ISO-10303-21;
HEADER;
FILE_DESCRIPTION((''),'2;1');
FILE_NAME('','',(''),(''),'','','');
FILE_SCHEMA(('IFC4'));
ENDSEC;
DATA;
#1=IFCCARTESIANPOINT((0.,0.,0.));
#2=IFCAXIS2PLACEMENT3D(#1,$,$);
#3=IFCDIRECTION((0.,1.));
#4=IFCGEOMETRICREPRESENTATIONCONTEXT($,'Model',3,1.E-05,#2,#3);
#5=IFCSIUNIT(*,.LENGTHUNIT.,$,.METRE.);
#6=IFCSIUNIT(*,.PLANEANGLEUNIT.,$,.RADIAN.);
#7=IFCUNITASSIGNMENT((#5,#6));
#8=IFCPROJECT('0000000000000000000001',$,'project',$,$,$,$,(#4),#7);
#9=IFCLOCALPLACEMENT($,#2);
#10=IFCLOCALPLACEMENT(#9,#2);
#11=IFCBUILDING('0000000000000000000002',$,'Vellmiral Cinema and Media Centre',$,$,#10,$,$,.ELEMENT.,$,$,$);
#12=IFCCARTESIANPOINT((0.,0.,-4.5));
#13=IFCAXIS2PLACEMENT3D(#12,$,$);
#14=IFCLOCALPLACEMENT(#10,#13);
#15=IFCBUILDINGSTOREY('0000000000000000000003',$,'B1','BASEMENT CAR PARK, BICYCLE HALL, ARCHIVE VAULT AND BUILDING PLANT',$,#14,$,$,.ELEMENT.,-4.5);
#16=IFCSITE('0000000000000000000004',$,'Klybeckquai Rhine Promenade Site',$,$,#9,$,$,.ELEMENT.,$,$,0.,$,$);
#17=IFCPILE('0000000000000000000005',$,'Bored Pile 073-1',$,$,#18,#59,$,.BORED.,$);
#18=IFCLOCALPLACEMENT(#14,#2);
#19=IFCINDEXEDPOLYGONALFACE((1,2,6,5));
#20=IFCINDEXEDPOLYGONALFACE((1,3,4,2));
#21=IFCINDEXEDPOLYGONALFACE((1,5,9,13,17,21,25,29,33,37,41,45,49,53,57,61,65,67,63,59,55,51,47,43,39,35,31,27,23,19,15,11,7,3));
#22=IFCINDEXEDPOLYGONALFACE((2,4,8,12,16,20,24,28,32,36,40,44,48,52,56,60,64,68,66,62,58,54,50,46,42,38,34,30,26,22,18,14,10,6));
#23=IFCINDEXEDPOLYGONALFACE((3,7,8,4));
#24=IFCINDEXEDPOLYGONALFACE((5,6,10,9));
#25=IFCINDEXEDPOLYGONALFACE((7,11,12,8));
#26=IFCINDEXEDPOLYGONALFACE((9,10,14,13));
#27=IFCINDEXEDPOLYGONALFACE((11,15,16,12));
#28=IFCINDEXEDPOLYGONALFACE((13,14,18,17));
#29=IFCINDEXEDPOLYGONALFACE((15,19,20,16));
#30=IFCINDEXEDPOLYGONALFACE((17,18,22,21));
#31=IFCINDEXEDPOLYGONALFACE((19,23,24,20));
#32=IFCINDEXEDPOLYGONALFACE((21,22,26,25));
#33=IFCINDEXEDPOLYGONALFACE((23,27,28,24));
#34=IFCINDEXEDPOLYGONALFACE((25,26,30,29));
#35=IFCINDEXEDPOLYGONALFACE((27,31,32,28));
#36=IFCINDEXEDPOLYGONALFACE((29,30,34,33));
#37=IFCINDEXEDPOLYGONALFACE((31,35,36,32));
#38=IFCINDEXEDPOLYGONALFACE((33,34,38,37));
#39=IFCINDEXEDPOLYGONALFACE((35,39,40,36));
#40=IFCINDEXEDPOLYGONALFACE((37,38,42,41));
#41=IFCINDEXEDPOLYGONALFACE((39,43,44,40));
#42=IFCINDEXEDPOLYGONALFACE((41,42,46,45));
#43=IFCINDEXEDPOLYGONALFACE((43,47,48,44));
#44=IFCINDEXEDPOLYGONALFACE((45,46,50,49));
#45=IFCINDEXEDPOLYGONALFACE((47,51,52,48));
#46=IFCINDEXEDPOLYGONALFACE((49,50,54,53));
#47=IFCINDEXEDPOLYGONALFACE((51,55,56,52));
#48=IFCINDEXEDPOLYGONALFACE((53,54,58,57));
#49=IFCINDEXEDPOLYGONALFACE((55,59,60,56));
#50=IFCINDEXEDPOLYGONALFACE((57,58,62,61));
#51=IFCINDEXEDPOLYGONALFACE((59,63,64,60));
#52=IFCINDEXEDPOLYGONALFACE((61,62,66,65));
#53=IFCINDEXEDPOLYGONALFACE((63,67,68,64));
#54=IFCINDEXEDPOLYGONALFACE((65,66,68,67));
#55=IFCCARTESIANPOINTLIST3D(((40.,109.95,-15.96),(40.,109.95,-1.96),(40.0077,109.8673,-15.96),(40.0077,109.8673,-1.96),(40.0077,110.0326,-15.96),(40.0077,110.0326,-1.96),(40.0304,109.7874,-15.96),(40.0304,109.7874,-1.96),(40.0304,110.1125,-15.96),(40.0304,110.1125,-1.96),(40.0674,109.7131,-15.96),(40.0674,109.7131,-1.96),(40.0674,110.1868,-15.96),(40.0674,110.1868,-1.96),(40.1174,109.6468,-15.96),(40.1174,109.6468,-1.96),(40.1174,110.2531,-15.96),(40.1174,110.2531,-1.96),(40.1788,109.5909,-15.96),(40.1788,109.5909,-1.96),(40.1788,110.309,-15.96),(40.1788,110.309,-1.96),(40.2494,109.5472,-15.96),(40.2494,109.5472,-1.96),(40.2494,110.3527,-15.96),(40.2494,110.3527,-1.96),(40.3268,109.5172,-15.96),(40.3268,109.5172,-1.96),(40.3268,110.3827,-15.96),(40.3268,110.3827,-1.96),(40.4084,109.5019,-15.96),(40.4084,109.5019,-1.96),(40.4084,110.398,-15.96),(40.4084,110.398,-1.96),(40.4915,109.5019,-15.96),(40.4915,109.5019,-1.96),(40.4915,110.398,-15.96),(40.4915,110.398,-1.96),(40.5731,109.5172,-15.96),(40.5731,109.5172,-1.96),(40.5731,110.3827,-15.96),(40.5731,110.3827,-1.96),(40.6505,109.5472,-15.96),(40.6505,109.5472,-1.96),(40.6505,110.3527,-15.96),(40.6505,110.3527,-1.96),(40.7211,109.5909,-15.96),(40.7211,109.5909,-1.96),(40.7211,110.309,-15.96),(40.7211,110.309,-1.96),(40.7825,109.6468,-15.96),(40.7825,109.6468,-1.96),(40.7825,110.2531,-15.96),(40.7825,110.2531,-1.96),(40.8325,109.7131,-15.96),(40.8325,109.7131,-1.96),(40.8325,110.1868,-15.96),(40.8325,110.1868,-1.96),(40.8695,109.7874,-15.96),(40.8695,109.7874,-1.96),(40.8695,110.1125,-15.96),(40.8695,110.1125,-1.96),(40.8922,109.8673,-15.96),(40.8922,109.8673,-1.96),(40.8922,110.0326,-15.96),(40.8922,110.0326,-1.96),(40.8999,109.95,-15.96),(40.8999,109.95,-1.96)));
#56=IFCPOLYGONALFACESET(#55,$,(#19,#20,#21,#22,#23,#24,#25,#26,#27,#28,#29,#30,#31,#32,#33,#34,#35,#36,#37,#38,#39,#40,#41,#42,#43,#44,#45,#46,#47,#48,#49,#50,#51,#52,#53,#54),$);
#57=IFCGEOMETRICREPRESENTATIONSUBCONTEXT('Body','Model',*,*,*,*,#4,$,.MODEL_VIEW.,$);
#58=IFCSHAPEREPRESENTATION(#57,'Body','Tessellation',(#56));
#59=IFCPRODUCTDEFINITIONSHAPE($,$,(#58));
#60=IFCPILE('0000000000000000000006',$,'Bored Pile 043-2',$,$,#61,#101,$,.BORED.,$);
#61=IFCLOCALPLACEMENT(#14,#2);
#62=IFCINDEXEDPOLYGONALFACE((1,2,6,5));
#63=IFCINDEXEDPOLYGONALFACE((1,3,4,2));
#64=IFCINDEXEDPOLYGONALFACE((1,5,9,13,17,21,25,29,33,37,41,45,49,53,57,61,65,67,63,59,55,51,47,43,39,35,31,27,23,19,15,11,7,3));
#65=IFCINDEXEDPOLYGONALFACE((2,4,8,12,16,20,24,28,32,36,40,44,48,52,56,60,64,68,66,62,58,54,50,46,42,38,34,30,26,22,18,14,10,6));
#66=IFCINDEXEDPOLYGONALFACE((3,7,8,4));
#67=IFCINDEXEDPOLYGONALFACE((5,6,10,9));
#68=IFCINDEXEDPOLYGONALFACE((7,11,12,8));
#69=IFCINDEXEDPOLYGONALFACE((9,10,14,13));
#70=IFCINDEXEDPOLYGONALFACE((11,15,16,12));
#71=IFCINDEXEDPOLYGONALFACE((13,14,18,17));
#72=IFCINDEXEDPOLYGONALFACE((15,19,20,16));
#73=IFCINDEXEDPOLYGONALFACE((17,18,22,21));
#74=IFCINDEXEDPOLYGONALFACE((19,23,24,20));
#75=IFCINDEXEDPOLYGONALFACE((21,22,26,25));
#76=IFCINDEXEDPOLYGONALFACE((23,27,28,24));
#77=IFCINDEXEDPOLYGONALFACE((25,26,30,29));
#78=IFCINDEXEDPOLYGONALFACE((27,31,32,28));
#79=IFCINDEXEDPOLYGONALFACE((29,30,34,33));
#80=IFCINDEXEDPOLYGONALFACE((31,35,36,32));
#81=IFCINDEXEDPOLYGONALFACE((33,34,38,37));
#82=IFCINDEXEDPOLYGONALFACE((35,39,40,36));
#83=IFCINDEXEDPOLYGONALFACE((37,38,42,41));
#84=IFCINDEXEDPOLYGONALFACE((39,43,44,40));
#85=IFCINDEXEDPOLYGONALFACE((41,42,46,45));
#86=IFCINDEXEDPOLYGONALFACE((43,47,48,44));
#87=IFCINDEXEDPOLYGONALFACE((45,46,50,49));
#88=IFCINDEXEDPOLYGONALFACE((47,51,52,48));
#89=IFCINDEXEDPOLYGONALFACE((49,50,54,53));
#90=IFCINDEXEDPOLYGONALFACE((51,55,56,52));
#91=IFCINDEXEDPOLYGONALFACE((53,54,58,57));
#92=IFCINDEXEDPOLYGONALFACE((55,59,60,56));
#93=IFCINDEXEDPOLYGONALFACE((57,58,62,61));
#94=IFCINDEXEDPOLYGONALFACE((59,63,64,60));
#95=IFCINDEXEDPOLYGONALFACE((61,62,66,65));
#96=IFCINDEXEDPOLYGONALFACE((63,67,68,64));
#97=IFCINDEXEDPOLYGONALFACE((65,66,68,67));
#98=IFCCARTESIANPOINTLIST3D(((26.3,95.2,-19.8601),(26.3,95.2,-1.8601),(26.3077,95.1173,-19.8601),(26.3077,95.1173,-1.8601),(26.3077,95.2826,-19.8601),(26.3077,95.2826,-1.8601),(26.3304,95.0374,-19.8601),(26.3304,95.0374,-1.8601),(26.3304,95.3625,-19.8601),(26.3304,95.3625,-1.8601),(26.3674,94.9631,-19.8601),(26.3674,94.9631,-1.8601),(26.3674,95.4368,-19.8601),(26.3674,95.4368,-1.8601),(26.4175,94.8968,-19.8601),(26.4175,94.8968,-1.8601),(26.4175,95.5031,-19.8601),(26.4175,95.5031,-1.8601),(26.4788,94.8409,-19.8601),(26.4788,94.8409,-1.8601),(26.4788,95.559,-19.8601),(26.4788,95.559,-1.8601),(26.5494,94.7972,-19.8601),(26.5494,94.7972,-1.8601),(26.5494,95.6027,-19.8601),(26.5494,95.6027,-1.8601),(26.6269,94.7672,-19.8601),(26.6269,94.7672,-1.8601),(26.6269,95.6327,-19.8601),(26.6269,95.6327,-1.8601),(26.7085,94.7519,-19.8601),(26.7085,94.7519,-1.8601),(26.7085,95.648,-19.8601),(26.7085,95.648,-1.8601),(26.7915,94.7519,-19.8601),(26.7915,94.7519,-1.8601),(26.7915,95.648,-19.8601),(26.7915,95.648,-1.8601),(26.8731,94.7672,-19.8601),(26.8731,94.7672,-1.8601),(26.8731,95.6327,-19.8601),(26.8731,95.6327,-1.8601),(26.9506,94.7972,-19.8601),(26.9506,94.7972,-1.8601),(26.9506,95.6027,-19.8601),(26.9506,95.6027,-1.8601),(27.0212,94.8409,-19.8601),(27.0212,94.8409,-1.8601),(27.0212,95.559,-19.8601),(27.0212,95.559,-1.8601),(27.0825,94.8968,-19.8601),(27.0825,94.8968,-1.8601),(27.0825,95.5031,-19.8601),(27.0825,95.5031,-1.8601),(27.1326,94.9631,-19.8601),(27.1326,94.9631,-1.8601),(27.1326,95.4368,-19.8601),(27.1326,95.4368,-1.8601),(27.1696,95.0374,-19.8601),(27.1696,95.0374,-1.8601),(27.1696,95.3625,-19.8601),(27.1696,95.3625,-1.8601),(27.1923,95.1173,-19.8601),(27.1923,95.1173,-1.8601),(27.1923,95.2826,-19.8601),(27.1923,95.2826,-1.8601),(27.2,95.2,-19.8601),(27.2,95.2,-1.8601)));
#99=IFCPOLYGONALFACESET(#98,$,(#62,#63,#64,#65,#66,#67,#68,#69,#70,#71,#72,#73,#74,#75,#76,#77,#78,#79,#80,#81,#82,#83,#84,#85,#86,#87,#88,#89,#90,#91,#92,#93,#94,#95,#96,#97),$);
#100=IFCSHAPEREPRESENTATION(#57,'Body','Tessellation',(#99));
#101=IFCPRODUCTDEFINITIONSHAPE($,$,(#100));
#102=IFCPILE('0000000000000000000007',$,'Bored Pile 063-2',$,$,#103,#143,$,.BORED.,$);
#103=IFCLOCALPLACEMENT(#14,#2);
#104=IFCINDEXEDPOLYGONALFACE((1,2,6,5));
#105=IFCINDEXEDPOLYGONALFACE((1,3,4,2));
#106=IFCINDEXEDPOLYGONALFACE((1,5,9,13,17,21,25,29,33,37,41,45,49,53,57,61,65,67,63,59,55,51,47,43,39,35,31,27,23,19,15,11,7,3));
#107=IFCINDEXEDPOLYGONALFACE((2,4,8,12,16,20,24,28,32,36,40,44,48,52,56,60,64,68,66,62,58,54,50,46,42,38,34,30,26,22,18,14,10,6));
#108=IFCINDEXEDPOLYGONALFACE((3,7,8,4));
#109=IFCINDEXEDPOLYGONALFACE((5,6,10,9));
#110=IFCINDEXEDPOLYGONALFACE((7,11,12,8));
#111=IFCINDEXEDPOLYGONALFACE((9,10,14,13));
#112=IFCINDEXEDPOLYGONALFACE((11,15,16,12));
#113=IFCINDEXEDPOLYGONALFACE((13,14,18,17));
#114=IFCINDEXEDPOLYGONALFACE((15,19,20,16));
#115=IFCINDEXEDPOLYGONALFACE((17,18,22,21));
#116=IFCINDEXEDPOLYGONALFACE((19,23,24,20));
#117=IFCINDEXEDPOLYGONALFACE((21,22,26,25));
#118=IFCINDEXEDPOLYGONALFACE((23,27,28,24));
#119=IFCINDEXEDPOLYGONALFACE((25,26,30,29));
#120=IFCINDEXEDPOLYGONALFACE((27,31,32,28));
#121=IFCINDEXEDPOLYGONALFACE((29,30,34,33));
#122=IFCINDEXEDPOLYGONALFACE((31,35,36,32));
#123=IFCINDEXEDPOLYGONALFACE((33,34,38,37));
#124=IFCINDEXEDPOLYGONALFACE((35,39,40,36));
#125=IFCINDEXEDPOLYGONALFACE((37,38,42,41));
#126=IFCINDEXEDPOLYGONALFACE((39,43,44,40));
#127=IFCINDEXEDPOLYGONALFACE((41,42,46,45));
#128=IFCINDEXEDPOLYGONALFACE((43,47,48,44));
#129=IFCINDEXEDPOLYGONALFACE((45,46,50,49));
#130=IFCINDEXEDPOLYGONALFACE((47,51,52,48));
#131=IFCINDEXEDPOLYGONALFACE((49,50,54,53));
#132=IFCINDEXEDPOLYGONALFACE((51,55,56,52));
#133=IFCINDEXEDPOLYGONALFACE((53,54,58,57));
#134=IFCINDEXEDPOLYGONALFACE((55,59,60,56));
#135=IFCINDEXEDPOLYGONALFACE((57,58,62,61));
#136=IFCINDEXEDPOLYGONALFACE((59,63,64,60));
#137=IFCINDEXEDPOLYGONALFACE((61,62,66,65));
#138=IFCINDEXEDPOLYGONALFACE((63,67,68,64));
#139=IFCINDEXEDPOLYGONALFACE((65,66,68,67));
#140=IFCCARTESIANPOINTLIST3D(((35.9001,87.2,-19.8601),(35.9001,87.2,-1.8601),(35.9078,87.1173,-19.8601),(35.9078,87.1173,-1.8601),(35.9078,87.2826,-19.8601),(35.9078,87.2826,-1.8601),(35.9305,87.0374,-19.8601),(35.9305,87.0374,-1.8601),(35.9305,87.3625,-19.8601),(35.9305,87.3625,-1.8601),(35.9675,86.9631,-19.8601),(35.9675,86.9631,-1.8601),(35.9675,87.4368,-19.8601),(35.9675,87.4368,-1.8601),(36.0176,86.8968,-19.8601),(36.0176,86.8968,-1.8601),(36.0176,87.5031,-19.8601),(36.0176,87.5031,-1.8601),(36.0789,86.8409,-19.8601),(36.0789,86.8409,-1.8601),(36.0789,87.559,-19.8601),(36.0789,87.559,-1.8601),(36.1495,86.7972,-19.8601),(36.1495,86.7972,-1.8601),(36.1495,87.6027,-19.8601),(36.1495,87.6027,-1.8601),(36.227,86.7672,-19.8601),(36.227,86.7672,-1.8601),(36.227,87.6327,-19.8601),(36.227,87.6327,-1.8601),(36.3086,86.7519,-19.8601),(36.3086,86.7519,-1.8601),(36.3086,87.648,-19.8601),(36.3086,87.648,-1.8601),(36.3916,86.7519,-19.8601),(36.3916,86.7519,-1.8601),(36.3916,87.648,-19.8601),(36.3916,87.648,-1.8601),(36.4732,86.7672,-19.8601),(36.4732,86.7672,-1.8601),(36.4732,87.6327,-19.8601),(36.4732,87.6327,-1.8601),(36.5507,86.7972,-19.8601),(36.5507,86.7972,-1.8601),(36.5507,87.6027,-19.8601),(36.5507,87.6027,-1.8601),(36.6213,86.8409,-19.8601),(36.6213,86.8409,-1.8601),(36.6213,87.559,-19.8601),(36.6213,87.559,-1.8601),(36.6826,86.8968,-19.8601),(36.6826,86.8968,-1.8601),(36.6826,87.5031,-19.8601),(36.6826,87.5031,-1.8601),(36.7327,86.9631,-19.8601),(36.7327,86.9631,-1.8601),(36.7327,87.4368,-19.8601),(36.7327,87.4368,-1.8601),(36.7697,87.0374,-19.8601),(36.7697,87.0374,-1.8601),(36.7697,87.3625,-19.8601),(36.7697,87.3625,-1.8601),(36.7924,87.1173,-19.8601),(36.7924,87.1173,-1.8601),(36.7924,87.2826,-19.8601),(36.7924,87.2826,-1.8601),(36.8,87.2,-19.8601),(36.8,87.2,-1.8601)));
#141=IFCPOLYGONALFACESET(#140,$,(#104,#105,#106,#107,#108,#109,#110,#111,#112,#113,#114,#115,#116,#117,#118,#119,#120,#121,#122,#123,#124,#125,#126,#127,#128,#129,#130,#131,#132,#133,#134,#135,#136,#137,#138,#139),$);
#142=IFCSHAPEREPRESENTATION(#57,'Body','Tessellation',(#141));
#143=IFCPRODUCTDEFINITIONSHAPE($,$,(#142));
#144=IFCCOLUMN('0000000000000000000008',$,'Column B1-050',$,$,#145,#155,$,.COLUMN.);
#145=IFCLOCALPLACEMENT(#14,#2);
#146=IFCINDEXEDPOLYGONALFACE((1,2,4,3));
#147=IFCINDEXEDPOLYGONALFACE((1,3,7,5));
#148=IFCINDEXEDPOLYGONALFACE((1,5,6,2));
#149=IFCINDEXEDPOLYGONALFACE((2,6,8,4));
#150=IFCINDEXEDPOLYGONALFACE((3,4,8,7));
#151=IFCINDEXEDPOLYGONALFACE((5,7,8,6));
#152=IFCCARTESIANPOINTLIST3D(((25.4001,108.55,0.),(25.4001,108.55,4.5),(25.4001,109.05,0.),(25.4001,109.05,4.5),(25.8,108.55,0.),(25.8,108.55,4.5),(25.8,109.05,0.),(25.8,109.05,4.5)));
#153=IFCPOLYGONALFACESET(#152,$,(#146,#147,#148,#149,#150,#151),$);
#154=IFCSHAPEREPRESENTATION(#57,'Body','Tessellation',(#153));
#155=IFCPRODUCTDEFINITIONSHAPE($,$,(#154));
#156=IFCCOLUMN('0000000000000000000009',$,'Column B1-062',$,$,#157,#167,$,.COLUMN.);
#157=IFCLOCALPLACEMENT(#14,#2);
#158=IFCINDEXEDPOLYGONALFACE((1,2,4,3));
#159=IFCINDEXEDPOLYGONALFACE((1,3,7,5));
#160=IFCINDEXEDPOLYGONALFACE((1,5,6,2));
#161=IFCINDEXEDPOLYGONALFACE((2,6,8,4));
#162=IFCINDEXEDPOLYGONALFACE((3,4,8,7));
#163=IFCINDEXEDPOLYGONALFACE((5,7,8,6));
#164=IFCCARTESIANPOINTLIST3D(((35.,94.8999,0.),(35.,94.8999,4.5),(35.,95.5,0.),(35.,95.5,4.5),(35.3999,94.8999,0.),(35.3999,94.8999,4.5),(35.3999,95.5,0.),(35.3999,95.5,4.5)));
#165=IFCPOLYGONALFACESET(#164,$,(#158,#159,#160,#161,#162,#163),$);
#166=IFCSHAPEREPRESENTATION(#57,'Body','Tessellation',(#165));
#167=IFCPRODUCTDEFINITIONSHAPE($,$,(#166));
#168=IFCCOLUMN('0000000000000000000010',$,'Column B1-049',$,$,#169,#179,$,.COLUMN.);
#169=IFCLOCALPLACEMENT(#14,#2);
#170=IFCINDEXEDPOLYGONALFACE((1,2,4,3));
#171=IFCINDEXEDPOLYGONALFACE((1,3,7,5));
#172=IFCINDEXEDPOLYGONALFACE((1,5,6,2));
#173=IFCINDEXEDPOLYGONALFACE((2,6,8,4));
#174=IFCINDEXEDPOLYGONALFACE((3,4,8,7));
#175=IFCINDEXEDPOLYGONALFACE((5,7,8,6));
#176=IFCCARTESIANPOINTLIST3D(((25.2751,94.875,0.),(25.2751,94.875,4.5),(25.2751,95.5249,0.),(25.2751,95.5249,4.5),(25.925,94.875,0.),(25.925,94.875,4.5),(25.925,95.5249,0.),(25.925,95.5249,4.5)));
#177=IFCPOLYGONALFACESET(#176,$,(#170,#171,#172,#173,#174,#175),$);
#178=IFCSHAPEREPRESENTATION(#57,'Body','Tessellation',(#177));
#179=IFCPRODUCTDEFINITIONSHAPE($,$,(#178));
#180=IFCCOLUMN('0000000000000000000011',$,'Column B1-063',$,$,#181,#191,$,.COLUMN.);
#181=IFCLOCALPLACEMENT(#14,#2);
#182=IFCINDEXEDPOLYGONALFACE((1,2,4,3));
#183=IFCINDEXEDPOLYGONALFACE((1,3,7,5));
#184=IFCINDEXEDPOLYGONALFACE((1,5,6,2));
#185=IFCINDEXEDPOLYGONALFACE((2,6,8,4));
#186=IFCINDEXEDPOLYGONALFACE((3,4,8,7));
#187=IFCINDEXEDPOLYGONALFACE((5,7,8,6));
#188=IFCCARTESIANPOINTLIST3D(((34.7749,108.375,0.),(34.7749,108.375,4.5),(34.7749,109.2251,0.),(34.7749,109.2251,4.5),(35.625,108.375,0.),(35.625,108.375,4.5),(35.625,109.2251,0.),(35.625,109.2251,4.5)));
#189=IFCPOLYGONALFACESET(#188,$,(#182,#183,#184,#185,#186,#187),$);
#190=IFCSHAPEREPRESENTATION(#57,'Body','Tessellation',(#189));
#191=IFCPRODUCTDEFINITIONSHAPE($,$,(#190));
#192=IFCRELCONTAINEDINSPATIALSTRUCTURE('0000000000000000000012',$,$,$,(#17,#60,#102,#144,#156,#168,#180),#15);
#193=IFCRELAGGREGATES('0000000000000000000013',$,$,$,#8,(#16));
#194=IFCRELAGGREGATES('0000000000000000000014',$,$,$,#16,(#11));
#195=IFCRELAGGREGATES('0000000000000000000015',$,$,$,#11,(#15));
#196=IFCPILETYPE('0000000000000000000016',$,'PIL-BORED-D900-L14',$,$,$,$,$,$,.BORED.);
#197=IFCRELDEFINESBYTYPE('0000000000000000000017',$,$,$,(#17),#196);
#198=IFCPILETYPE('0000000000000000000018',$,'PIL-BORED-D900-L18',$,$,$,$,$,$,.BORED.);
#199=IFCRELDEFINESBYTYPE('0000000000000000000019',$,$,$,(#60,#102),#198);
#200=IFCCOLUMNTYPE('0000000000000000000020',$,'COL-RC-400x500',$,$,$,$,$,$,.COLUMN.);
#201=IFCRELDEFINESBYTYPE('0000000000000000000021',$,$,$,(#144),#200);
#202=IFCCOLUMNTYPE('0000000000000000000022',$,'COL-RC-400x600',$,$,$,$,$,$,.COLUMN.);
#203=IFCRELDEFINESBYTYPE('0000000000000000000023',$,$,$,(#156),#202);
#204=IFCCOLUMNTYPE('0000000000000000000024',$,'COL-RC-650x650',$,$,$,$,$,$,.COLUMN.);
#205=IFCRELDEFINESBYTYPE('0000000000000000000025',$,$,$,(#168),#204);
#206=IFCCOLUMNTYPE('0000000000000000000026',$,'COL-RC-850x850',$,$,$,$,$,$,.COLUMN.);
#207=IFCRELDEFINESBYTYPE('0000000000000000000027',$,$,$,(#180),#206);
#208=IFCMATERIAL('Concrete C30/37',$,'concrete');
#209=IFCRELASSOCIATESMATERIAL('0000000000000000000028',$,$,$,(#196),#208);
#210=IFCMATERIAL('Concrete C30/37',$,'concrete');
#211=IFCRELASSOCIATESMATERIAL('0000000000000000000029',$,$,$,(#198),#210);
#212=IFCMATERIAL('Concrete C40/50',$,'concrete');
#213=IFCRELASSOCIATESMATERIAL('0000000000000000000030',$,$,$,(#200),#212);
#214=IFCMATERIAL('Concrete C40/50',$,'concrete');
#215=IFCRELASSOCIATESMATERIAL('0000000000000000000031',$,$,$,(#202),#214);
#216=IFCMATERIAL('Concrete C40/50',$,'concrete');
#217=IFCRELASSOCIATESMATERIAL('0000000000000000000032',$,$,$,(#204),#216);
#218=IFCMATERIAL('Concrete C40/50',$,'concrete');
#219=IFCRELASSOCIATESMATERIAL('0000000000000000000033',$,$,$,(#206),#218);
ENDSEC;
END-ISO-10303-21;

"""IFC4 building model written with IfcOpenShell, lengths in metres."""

from ifc_helpers import new_model, si_unit, direction, frame, origin, origin_2d, place, context, subcontext, project, spatial, rectangle, circle, extrude, material, material_profile, profile_set, type_object, element, save


model = new_model("IFC4")

# Units and contexts
model_context = context("Model", 3, precision=1e-05, world=origin(), true_north=direction((0.0, 1.0)))
body_context = subcontext(model_context, "Body", "Model", "MODEL_VIEW")
ifc_project = project(units=[si_unit("LENGTHUNIT", "METRE"), si_unit("PLANEANGLEUNIT", "RADIAN")], contexts=[model_context])

# Site, building, storey
site_placement = place(None, origin())
site = spatial("IfcSite", under=ifc_project, at=site_placement, Name="Klybeckquai Rhine Promenade Site", CompositionType="ELEMENT", RefElevation=0.0)
building_placement = place(site_placement, origin())
building = spatial("IfcBuilding", under=site, at=building_placement, Name="Vellmiral Cinema and Media Centre", CompositionType="ELEMENT")
storey_placement = place(building_placement, frame((0.0, 0.0, -4.5)))
storey = spatial("IfcBuildingStorey", under=building, at=storey_placement, Name="B1", Description="BASEMENT CAR PARK, BICYCLE HALL, ARCHIVE VAULT AND BUILDING PLANT", CompositionType="ELEMENT", Elevation=-4.5)

# Piles
ifc_material_1 = material(Name="Concrete C30/37", Category="concrete")
ifc_material_profile_1 = material_profile(ifc_material_1, circle(Radius=0.45, at=origin_2d()), Name="PILE D900")
ifc_profile_set_1 = profile_set([ifc_material_profile_1], Name="Concrete C30/37")
pile_type_1 = type_object("IfcPileType", Name="PIL-BORED-D900-L14", PredefinedType="BORED", material=ifc_profile_set_1)
for number, where, z_axis, x_axis, name in (
    (1, (40.45, 109.95, -1.96), (0.0, 0.0, -1.0), (1.0, 0.0, 0.0), "Bored Pile 073-1"),
):
    element("IfcPile", number, at=place(storey_placement, frame(where, z_axis=z_axis, x_axis=x_axis)), inside=storey, type_object=pile_type_1, Name=name, PredefinedType="BORED", context=body_context, shape_type="SweptSolid", body=[
        extrude(circle(Radius=0.45, at=origin_2d()), origin(), (0.0, 0.0, 1.0), 14.0),
    ])
ifc_material_2 = material(Name="Concrete C30/37", Category="concrete")
ifc_material_profile_2 = material_profile(ifc_material_2, circle(Radius=0.45, at=origin_2d()), Name="PILE D900")
ifc_profile_set_2 = profile_set([ifc_material_profile_2], Name="Concrete C30/37")
pile_type_2 = type_object("IfcPileType", Name="PIL-BORED-D900-L18", PredefinedType="BORED", material=ifc_profile_set_2)
for number, where, z_axis, x_axis, name in (
    (2, (26.75, 95.2, -1.8601), (0.0, 0.0, -1.0), (1.0, 0.0, 0.0), "Bored Pile 043-2"),
    (3, (36.3501, 87.2, -1.8601), (0.0, 0.0, -1.0), (1.0, 0.0, 0.0), "Bored Pile 063-2"),
):
    element("IfcPile", number, at=place(storey_placement, frame(where, z_axis=z_axis, x_axis=x_axis)), inside=storey, type_object=pile_type_2, Name=name, PredefinedType="BORED", context=body_context, shape_type="SweptSolid", body=[
        extrude(circle(Radius=0.45, at=origin_2d()), origin(), (0.0, 0.0, 1.0), 18.0),
    ])

# Columns
ifc_material_3 = material(Name="Concrete C40/50", Category="concrete")
ifc_material_profile_3 = material_profile(ifc_material_3, rectangle(XDim=0.3999, YDim=0.5, at=origin_2d()), Name="RC 400x500")
ifc_profile_set_3 = profile_set([ifc_material_profile_3], Name="Concrete C40/50")
column_type_1 = type_object("IfcColumnType", Name="COL-RC-400x500", PredefinedType="COLUMN", material=ifc_profile_set_3)
column_1_placement = place(storey_placement, frame((25.6001, 108.8, 0.0), z_axis=(0.0, 0.0, 1.0), x_axis=(1.0, 0.0, 0.0)))
element("IfcColumn", 4, at=column_1_placement, inside=storey, type_object=column_type_1, Name="Column B1-050", PredefinedType="COLUMN", context=body_context, shape_type="SweptSolid", body=[
    extrude(rectangle(XDim=0.3999, YDim=0.5, at=origin_2d()), origin(), (0.0, 0.0, 1.0), 4.5),
])
ifc_material_4 = material(Name="Concrete C40/50", Category="concrete")
ifc_material_profile_4 = material_profile(ifc_material_4, rectangle(XDim=0.3999, YDim=0.6001, at=origin_2d()), Name="RC 400x600")
ifc_profile_set_4 = profile_set([ifc_material_profile_4], Name="Concrete C40/50")
column_type_2 = type_object("IfcColumnType", Name="COL-RC-400x600", PredefinedType="COLUMN", material=ifc_profile_set_4)
column_2_placement = place(storey_placement, frame((35.2, 95.2, 0.0), z_axis=(0.0, 0.0, 1.0), x_axis=(1.0, 0.0, 0.0)))
element("IfcColumn", 5, at=column_2_placement, inside=storey, type_object=column_type_2, Name="Column B1-062", PredefinedType="COLUMN", context=body_context, shape_type="SweptSolid", body=[
    extrude(rectangle(XDim=0.3999, YDim=0.6001, at=origin_2d()), origin(), (0.0, 0.0, 1.0), 4.5),
])
ifc_material_5 = material(Name="Concrete C40/50", Category="concrete")
ifc_material_profile_5 = material_profile(ifc_material_5, rectangle(XDim=0.6499, YDim=0.6499, at=origin_2d()), Name="RC 650x650")
ifc_profile_set_5 = profile_set([ifc_material_profile_5], Name="Concrete C40/50")
column_type_3 = type_object("IfcColumnType", Name="COL-RC-650x650", PredefinedType="COLUMN", material=ifc_profile_set_5)
column_3_placement = place(storey_placement, frame((25.6001, 95.2, 0.0), z_axis=(0.0, 0.0, 1.0), x_axis=(1.0, 0.0, 0.0)))
element("IfcColumn", 6, at=column_3_placement, inside=storey, type_object=column_type_3, Name="Column B1-049", PredefinedType="COLUMN", context=body_context, shape_type="SweptSolid", body=[
    extrude(rectangle(XDim=0.6499, YDim=0.6499, at=origin_2d()), origin(), (0.0, 0.0, 1.0), 4.5),
])
ifc_material_6 = material(Name="Concrete C40/50", Category="concrete")
ifc_material_profile_6 = material_profile(ifc_material_6, rectangle(XDim=0.8501, YDim=0.8501, at=origin_2d()), Name="RC 850x850")
ifc_profile_set_6 = profile_set([ifc_material_profile_6], Name="Concrete C40/50")
column_type_4 = type_object("IfcColumnType", Name="COL-RC-850x850", PredefinedType="COLUMN", material=ifc_profile_set_6)
column_4_placement = place(storey_placement, frame((35.2, 108.8, 0.0), z_axis=(0.0, 0.0, 1.0), x_axis=(1.0, 0.0, 0.0)))
element("IfcColumn", 7, at=column_4_placement, inside=storey, type_object=column_type_4, Name="Column B1-063", PredefinedType="COLUMN", context=body_context, shape_type="SweptSolid", body=[
    extrude(rectangle(XDim=0.8501, YDim=0.8501, at=origin_2d()), origin(), (0.0, 0.0, 1.0), 4.5),
])

save(model, "model.ifc")
